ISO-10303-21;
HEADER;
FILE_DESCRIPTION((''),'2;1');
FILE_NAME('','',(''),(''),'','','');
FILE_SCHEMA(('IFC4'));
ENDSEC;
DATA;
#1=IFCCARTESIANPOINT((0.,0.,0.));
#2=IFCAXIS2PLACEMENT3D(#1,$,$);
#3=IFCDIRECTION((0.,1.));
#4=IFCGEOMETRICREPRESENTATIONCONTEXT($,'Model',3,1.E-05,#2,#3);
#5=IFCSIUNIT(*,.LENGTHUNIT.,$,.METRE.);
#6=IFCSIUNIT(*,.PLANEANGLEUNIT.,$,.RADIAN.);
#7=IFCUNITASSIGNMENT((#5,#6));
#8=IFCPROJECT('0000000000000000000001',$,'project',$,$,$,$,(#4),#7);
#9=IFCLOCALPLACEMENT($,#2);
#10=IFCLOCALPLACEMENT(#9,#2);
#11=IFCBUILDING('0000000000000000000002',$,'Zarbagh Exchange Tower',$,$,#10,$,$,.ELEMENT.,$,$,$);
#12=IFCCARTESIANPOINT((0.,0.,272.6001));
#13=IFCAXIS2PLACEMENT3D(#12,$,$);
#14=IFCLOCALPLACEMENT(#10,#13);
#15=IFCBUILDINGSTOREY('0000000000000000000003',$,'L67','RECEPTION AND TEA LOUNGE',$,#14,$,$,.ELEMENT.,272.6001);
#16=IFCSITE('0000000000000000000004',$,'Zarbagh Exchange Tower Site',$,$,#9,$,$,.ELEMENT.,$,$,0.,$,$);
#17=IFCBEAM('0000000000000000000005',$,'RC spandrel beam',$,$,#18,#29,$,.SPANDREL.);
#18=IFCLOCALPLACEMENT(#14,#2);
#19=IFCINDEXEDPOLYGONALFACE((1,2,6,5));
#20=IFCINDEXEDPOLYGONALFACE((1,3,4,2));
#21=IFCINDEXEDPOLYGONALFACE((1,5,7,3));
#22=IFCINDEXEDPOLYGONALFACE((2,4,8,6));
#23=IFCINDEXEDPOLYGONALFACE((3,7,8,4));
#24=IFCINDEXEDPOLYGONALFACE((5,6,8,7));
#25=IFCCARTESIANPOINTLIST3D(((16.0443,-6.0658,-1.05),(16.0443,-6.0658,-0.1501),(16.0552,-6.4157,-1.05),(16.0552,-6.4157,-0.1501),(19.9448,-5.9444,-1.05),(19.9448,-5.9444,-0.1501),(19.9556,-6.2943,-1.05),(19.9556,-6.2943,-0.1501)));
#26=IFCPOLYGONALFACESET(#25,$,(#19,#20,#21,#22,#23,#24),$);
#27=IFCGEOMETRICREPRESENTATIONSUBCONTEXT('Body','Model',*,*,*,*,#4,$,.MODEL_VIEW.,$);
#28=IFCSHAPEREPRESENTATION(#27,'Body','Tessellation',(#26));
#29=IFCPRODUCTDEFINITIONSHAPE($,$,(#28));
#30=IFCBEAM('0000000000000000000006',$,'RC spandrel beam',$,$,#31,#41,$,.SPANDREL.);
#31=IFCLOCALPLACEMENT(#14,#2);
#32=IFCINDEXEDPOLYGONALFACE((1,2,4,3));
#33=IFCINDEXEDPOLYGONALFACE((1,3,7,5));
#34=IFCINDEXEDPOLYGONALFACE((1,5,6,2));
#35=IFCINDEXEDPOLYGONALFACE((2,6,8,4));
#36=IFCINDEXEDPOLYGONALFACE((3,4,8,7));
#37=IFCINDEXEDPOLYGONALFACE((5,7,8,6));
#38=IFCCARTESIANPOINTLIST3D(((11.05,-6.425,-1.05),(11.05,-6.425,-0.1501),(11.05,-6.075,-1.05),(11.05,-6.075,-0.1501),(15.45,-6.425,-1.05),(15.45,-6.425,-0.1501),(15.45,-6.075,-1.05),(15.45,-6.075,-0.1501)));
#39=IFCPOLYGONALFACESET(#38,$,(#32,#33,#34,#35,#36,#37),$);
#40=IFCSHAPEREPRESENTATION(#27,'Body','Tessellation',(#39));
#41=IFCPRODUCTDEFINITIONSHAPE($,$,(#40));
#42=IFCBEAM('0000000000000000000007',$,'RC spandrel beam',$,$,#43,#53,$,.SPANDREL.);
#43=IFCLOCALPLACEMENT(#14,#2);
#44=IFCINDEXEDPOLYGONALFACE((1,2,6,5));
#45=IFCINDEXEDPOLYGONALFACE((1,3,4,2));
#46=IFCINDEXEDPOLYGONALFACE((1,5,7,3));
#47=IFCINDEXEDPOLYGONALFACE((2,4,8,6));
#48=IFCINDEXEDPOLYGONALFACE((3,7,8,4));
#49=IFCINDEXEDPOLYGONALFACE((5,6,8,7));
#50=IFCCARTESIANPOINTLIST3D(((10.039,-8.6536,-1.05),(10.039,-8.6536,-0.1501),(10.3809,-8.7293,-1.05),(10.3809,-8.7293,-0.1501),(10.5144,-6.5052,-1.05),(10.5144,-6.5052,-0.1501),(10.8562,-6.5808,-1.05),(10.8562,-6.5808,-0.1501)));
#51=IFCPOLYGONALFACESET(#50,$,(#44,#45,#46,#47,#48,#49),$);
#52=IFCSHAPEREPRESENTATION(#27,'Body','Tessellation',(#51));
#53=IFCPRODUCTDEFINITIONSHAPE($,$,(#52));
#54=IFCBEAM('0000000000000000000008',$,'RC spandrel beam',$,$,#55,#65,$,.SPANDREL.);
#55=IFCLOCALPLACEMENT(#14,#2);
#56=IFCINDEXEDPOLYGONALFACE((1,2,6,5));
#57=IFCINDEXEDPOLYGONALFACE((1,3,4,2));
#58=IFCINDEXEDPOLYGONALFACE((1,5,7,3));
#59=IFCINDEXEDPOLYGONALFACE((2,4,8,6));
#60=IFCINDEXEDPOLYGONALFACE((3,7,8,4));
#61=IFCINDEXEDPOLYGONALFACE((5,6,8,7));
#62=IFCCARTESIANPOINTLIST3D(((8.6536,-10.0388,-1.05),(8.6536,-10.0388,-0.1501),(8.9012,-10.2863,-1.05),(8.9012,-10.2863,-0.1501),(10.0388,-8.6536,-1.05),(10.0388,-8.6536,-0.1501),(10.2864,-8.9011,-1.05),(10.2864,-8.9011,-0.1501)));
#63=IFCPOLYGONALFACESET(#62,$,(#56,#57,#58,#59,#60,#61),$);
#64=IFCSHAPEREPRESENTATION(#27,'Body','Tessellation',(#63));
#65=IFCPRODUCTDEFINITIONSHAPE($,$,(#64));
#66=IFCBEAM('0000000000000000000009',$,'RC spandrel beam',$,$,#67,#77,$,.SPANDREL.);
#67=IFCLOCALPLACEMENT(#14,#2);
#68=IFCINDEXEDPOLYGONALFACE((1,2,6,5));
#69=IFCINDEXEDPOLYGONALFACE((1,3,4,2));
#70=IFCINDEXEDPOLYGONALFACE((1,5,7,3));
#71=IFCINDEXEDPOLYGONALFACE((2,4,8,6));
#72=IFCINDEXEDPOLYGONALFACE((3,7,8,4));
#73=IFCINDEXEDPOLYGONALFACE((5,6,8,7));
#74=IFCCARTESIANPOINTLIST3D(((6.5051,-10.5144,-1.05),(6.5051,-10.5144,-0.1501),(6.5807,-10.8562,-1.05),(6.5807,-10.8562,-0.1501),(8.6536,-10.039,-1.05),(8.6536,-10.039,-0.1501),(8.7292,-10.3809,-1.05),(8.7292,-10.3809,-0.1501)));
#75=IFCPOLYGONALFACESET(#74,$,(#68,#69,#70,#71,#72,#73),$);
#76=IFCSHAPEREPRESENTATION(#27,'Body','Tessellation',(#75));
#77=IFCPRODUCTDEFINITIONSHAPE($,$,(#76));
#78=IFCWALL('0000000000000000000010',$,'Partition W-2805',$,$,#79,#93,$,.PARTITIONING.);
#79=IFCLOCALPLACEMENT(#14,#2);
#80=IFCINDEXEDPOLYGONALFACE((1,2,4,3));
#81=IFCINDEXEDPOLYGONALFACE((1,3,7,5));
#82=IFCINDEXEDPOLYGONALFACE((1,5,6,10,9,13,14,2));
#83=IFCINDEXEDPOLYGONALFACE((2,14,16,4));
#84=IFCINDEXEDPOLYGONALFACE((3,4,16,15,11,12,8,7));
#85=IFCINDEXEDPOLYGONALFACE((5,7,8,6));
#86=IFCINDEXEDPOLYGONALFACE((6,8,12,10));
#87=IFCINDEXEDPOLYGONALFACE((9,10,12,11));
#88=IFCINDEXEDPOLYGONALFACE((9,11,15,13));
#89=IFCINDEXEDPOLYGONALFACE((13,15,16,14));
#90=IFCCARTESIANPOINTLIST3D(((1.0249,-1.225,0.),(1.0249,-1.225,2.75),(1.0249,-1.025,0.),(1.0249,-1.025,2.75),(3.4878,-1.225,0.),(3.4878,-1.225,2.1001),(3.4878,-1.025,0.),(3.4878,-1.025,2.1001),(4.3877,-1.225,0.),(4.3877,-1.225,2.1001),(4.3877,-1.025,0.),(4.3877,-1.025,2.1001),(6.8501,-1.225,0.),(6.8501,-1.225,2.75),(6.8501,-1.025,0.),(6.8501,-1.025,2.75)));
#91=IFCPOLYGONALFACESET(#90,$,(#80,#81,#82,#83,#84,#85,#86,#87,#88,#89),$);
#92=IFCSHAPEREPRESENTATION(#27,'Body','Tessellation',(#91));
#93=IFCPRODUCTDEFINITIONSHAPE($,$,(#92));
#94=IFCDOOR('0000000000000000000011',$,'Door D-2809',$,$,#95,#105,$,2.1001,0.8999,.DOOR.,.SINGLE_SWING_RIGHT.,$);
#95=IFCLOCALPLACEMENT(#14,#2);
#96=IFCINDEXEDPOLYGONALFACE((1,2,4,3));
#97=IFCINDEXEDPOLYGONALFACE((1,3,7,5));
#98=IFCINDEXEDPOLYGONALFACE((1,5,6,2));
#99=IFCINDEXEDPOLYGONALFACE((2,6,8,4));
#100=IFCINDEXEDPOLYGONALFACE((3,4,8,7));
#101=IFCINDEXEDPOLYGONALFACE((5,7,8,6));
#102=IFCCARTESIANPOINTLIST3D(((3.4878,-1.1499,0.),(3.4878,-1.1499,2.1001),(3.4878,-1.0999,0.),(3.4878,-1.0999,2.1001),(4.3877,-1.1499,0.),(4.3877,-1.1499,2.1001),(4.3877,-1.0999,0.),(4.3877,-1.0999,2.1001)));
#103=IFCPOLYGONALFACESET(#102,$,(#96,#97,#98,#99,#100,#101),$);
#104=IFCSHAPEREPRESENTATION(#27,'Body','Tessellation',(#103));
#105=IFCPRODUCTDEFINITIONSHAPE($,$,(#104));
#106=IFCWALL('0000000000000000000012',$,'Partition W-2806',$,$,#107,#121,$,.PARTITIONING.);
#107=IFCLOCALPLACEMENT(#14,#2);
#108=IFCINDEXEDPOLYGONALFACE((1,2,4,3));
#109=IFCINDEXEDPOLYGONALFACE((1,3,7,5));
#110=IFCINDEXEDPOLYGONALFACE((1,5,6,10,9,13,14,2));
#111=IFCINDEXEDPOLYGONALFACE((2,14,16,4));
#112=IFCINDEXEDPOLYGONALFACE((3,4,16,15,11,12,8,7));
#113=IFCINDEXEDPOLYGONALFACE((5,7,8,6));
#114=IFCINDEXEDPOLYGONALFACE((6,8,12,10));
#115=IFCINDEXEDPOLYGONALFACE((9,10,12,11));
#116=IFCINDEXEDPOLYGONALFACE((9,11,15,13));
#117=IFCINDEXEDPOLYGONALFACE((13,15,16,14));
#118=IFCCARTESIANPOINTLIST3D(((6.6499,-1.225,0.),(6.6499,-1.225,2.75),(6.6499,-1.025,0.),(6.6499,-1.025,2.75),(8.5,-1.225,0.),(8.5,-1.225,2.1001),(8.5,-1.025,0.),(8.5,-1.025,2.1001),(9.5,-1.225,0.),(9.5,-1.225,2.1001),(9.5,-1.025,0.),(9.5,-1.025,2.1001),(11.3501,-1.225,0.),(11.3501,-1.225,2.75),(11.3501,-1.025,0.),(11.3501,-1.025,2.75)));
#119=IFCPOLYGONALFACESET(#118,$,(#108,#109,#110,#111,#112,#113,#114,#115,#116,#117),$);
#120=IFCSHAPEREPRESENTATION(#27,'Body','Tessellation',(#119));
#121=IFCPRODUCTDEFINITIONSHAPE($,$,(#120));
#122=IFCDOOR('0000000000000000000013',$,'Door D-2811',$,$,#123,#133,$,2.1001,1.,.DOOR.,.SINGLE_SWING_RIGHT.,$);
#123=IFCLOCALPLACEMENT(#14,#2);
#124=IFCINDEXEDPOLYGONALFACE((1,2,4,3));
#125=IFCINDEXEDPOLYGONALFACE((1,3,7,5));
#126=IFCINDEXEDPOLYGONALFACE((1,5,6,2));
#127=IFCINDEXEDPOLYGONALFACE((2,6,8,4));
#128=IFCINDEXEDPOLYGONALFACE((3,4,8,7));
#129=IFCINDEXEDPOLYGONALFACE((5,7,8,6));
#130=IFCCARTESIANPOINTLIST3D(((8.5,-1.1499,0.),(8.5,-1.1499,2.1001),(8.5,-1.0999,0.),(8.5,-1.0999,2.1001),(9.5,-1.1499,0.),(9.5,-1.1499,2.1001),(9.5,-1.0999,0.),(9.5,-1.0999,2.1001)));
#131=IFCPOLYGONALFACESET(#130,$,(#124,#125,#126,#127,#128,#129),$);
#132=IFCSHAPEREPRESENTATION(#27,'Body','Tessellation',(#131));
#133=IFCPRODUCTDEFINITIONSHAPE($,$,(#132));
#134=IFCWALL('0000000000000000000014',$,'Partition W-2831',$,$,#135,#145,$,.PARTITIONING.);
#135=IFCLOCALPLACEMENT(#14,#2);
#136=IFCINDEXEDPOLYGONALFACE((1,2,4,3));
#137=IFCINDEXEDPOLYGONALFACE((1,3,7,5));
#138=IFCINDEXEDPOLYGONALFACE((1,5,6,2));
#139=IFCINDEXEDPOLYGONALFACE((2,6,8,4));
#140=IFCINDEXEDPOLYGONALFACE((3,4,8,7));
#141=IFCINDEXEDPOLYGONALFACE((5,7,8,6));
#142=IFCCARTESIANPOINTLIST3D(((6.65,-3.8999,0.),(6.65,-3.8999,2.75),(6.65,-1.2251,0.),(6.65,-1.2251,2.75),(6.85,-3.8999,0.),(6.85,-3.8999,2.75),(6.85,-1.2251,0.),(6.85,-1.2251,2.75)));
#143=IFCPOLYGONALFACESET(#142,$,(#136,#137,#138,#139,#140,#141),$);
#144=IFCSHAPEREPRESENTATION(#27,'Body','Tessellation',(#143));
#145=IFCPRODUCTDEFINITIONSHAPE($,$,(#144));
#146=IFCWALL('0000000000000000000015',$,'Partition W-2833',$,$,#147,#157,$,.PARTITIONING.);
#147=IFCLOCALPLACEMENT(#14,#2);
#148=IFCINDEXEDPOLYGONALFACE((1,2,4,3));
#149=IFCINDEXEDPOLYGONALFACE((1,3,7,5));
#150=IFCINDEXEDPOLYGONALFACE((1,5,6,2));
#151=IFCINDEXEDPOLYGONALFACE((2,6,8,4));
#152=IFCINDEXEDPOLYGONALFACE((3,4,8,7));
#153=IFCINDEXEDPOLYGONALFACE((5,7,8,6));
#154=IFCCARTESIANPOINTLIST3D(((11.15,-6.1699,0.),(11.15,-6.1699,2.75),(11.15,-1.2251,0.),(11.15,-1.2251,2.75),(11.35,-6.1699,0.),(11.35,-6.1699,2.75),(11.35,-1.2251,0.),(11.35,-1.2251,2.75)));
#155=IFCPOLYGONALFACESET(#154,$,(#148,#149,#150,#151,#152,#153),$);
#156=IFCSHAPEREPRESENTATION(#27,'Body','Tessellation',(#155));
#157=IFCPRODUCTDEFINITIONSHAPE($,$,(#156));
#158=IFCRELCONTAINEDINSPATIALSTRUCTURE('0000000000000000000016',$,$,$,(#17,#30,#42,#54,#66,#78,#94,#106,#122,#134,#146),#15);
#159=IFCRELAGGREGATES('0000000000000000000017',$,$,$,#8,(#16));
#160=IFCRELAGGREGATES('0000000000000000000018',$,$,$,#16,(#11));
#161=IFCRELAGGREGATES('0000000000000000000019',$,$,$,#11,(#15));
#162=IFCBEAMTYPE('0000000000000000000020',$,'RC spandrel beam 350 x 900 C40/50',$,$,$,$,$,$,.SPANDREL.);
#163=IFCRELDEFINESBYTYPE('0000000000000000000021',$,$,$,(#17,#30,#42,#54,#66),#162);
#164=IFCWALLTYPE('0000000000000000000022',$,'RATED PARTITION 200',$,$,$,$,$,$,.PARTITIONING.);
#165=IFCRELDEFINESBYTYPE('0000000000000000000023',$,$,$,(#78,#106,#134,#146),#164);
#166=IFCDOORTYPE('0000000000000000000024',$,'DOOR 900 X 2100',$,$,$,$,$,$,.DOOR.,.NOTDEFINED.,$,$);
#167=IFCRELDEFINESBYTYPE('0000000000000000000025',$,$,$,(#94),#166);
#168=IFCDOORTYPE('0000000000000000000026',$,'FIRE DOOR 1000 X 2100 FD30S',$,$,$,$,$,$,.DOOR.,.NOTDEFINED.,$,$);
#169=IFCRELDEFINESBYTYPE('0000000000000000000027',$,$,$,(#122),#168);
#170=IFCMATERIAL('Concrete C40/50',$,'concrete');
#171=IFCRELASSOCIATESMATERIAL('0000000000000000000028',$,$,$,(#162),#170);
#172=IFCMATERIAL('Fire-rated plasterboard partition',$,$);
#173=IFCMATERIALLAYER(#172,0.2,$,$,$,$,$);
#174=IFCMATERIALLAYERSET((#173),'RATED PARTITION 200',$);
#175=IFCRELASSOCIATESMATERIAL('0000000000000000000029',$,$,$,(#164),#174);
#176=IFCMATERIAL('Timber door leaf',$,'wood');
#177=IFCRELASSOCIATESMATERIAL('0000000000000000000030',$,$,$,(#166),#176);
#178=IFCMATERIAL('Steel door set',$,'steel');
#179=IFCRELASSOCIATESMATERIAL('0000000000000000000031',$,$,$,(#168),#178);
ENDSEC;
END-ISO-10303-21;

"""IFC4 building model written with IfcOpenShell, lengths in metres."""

from ifc_helpers import new_model, si_unit, direction, frame, frame_2d, origin, origin_2d, place, context, subcontext, project, spatial, rectangle, extrude, material, layer, layer_set, material_profile, profile_set, type_object, element, fill, save


model = new_model("IFC4")

# Units and contexts
model_context = context("Model", 3, precision=1e-05, world=origin(), true_north=direction((0.0, 1.0)))
body_context = subcontext(model_context, "Body", "Model", "MODEL_VIEW")
ifc_project = project(units=[si_unit("LENGTHUNIT", "METRE"), si_unit("PLANEANGLEUNIT", "RADIAN")], contexts=[model_context])

# Site, building, storey
site_placement = place(None, origin())
site = spatial("IfcSite", under=ifc_project, at=site_placement, Name="Zarbagh Exchange Tower Site", CompositionType="ELEMENT", RefElevation=0.0)
building_placement = place(site_placement, origin())
building = spatial("IfcBuilding", under=site, at=building_placement, Name="Zarbagh Exchange Tower", CompositionType="ELEMENT")
storey_placement = place(building_placement, frame((0.0, 0.0, 272.6001)))
storey = spatial("IfcBuildingStorey", under=building, at=storey_placement, Name="L67", Description="RECEPTION AND TEA LOUNGE", CompositionType="ELEMENT", Elevation=272.6001)

# Shared definitions
ifc_material_1 = material(Name="Concrete C40/50", Category="concrete")

# Beams
ifc_material_profile_1 = material_profile(ifc_material_1, rectangle(XDim=0.3501, YDim=0.8999, at=origin_2d()), Name="RC spandrel beam 350 x 900 C40/50")
ifc_profile_set_1 = profile_set([ifc_material_profile_1], Name="Concrete C40/50")
beam_type_1 = type_object("IfcBeamType", Name="RC spandrel beam 350 x 900 C40/50", PredefinedType="SPANDREL", material=ifc_profile_set_1)
beam_1_placement = place(storey_placement, frame((19.9502, -6.1194, -0.6001), z_axis=(-0.999516, -0.031094, 0.0), x_axis=(0.031094, -0.999516, 0.0)))
element("IfcBeam", 1, at=beam_1_placement, inside=storey, type_object=beam_type_1, Name="RC spandrel beam", PredefinedType="SPANDREL", context=body_context, shape_type="SweptSolid", body=[
    extrude(rectangle(XDim=0.3501, YDim=0.8999, at=origin_2d()), origin(), (0.0, 0.0, 1.0), 3.9023),
])
beam_2_placement = place(storey_placement, frame((15.45, -6.25, -0.6001), z_axis=(-1.0, 0.0, 0.0), x_axis=(0.0, -1.0, 0.0)))
element("IfcBeam", 2, at=beam_2_placement, inside=storey, type_object=beam_type_1, Name="RC spandrel beam", PredefinedType="SPANDREL", context=body_context, shape_type="SweptSolid", body=[
    extrude(rectangle(XDim=0.3501, YDim=0.8999, at=origin_2d()), origin(), (0.0, 0.0, 1.0), 4.3999),
])
beam_3_placement = place(storey_placement, frame((10.6853, -6.543, -0.6001), z_axis=(-0.216026, -0.976388, 0.0), x_axis=(0.976388, -0.216026, 0.0)))
element("IfcBeam", 3, at=beam_3_placement, inside=storey, type_object=beam_type_1, Name="RC spandrel beam", PredefinedType="SPANDREL", context=body_context, shape_type="SweptSolid", body=[
    extrude(rectangle(XDim=0.3501, YDim=0.8999, at=origin_2d()), origin(), (0.0, 0.0, 1.0), 2.2004),
])
beam_4_placement = place(storey_placement, frame((10.1626, -8.7773, -0.6001), z_axis=(-0.707107, -0.707107, 0.0), x_axis=(0.707107, -0.707107, 0.0)))
element("IfcBeam", 4, at=beam_4_placement, inside=storey, type_object=beam_type_1, Name="RC spandrel beam", PredefinedType="SPANDREL", context=body_context, shape_type="SweptSolid", body=[
    extrude(rectangle(XDim=0.3501, YDim=0.8999, at=origin_2d()), origin(), (0.0, 0.0, 1.0), 1.959),
])
beam_5_placement = place(storey_placement, frame((8.6914, -10.21, -0.6001), z_axis=(-0.976388, -0.216026, 0.0), x_axis=(0.216026, -0.976388, 0.0)))
element("IfcBeam", 5, at=beam_5_placement, inside=storey, type_object=beam_type_1, Name="RC spandrel beam", PredefinedType="SPANDREL", context=body_context, shape_type="SweptSolid", body=[
    extrude(rectangle(XDim=0.3501, YDim=0.8999, at=origin_2d()), origin(), (0.0, 0.0, 1.0), 2.2004),
])

# Walls, openings, doors
ifc_material_2 = material(Name="Fire-rated plasterboard partition")
ifc_layer = layer(ifc_material_2, 0.2)
ifc_layer_set = layer_set([ifc_layer], Name="RATED PARTITION 200")
wall_type = type_object("IfcWallType", Name="RATED PARTITION 200", PredefinedType="PARTITIONING", material=ifc_layer_set)
wall_1_placement = place(storey_placement, frame((6.8501, -1.125, 0.0), z_axis=(0.0, 0.0, 1.0), x_axis=(-1.0, 0.0, 0.0)))
wall_1 = element("IfcWall", 6, at=wall_1_placement, inside=storey, type_object=wall_type, Name="Partition W-2805", PredefinedType="PARTITIONING", context=body_context, shape_type="SweptSolid", body=[
    extrude(rectangle(XDim=5.8252, YDim=0.2, at=frame_2d((2.9126, 0.0))), origin(), (0.0, 0.0, 1.0), 2.75),
])
opening_1_placement = place(wall_1_placement, frame((2.4624, 0.0, 0.0)))
opening_1 = element("IfcOpeningElement", 7, at=opening_1_placement, cuts=wall_1, PredefinedType="OPENING", context=body_context, shape_type="SweptSolid", body=[
    extrude(rectangle(XDim=0.8999, YDim=2.1001, at=frame_2d((0.45, 1.05))), frame((0.0, 0.1099, 0.0), z_axis=(0.0, -1.0, 0.0), x_axis=(1.0, 0.0, 0.0)), (0.0, 0.0, 1.0), 0.22),
])
ifc_material_3 = material(Name="Timber door leaf", Category="wood")
door_type_1 = type_object("IfcDoorType", Name="DOOR 900 X 2100", OperationType="NOTDEFINED", PredefinedType="DOOR", material=ifc_material_3)
door_1_placement = place(opening_1_placement, origin())
door_1 = element("IfcDoor", 8, at=door_1_placement, inside=storey, type_object=door_type_1, Name="Door D-2809", OperationType="SINGLE_SWING_RIGHT", OverallHeight=2.1001, OverallWidth=0.8999, PredefinedType="DOOR", context=body_context, shape_type="SweptSolid", body=[
    extrude(rectangle(XDim=0.8999, YDim=2.1001, at=frame_2d((0.45, 1.05))), frame((0.0, 0.0249, 0.0), z_axis=(0.0, -1.0, 0.0), x_axis=(1.0, 0.0, 0.0)), (0.0, 0.0, 1.0), 0.05),
])
fill(opening_1, door_1)
wall_2_placement = place(storey_placement, frame((11.3501, -1.125, 0.0), z_axis=(0.0, 0.0, 1.0), x_axis=(-1.0, 0.0, 0.0)))
wall_2 = element("IfcWall", 9, at=wall_2_placement, inside=storey, type_object=wall_type, Name="Partition W-2806", PredefinedType="PARTITIONING", context=body_context, shape_type="SweptSolid", body=[
    extrude(rectangle(XDim=4.7002, YDim=0.2, at=frame_2d((2.3501, 0.0))), origin(), (0.0, 0.0, 1.0), 2.75),
])
opening_2_placement = place(wall_2_placement, frame((1.8501, 0.0, 0.0)))
opening_2 = element("IfcOpeningElement", 10, at=opening_2_placement, cuts=wall_2, PredefinedType="OPENING", context=body_context, shape_type="SweptSolid", body=[
    extrude(rectangle(XDim=1.0, YDim=2.1001, at=frame_2d((0.5, 1.05))), frame((0.0, 0.1099, 0.0), z_axis=(0.0, -1.0, 0.0), x_axis=(1.0, 0.0, 0.0)), (0.0, 0.0, 1.0), 0.22),
])
ifc_material_4 = material(Name="Steel door set", Category="steel")
door_type_2 = type_object("IfcDoorType", Name="FIRE DOOR 1000 X 2100 FD30S", OperationType="NOTDEFINED", PredefinedType="DOOR", material=ifc_material_4)
door_2_placement = place(opening_2_placement, origin())
door_2 = element("IfcDoor", 11, at=door_2_placement, inside=storey, type_object=door_type_2, Name="Door D-2811", OperationType="SINGLE_SWING_RIGHT", OverallHeight=2.1001, OverallWidth=1.0, PredefinedType="DOOR", context=body_context, shape_type="SweptSolid", body=[
    extrude(rectangle(XDim=1.0, YDim=2.1001, at=frame_2d((0.5, 1.05))), frame((0.0, 0.0249, 0.0), z_axis=(0.0, -1.0, 0.0), x_axis=(1.0, 0.0, 0.0)), (0.0, 0.0, 1.0), 0.05),
])
fill(opening_2, door_2)

# Walls
wall_3_placement = place(storey_placement, frame((6.75, -3.8999, 0.0), z_axis=(0.0, 0.0, 1.0), x_axis=(0.0, 1.0, 0.0)))
element("IfcWall", 12, at=wall_3_placement, inside=storey, type_object=wall_type, Name="Partition W-2831", PredefinedType="PARTITIONING", context=body_context, shape_type="SweptSolid", body=[
    extrude(rectangle(XDim=2.6748, YDim=0.2, at=frame_2d((1.3374, 0.0))), origin(), (0.0, 0.0, 1.0), 2.75),
])
wall_4_placement = place(storey_placement, frame((11.25, -6.1699, 0.0), z_axis=(0.0, 0.0, 1.0), x_axis=(0.0, 1.0, 0.0)))
element("IfcWall", 13, at=wall_4_placement, inside=storey, type_object=wall_type, Name="Partition W-2833", PredefinedType="PARTITIONING", context=body_context, shape_type="SweptSolid", body=[
    extrude(rectangle(XDim=4.9448, YDim=0.2, at=frame_2d((2.4724, 0.0))), origin(), (0.0, 0.0, 1.0), 2.75),
])

save(model, "model.ifc")
